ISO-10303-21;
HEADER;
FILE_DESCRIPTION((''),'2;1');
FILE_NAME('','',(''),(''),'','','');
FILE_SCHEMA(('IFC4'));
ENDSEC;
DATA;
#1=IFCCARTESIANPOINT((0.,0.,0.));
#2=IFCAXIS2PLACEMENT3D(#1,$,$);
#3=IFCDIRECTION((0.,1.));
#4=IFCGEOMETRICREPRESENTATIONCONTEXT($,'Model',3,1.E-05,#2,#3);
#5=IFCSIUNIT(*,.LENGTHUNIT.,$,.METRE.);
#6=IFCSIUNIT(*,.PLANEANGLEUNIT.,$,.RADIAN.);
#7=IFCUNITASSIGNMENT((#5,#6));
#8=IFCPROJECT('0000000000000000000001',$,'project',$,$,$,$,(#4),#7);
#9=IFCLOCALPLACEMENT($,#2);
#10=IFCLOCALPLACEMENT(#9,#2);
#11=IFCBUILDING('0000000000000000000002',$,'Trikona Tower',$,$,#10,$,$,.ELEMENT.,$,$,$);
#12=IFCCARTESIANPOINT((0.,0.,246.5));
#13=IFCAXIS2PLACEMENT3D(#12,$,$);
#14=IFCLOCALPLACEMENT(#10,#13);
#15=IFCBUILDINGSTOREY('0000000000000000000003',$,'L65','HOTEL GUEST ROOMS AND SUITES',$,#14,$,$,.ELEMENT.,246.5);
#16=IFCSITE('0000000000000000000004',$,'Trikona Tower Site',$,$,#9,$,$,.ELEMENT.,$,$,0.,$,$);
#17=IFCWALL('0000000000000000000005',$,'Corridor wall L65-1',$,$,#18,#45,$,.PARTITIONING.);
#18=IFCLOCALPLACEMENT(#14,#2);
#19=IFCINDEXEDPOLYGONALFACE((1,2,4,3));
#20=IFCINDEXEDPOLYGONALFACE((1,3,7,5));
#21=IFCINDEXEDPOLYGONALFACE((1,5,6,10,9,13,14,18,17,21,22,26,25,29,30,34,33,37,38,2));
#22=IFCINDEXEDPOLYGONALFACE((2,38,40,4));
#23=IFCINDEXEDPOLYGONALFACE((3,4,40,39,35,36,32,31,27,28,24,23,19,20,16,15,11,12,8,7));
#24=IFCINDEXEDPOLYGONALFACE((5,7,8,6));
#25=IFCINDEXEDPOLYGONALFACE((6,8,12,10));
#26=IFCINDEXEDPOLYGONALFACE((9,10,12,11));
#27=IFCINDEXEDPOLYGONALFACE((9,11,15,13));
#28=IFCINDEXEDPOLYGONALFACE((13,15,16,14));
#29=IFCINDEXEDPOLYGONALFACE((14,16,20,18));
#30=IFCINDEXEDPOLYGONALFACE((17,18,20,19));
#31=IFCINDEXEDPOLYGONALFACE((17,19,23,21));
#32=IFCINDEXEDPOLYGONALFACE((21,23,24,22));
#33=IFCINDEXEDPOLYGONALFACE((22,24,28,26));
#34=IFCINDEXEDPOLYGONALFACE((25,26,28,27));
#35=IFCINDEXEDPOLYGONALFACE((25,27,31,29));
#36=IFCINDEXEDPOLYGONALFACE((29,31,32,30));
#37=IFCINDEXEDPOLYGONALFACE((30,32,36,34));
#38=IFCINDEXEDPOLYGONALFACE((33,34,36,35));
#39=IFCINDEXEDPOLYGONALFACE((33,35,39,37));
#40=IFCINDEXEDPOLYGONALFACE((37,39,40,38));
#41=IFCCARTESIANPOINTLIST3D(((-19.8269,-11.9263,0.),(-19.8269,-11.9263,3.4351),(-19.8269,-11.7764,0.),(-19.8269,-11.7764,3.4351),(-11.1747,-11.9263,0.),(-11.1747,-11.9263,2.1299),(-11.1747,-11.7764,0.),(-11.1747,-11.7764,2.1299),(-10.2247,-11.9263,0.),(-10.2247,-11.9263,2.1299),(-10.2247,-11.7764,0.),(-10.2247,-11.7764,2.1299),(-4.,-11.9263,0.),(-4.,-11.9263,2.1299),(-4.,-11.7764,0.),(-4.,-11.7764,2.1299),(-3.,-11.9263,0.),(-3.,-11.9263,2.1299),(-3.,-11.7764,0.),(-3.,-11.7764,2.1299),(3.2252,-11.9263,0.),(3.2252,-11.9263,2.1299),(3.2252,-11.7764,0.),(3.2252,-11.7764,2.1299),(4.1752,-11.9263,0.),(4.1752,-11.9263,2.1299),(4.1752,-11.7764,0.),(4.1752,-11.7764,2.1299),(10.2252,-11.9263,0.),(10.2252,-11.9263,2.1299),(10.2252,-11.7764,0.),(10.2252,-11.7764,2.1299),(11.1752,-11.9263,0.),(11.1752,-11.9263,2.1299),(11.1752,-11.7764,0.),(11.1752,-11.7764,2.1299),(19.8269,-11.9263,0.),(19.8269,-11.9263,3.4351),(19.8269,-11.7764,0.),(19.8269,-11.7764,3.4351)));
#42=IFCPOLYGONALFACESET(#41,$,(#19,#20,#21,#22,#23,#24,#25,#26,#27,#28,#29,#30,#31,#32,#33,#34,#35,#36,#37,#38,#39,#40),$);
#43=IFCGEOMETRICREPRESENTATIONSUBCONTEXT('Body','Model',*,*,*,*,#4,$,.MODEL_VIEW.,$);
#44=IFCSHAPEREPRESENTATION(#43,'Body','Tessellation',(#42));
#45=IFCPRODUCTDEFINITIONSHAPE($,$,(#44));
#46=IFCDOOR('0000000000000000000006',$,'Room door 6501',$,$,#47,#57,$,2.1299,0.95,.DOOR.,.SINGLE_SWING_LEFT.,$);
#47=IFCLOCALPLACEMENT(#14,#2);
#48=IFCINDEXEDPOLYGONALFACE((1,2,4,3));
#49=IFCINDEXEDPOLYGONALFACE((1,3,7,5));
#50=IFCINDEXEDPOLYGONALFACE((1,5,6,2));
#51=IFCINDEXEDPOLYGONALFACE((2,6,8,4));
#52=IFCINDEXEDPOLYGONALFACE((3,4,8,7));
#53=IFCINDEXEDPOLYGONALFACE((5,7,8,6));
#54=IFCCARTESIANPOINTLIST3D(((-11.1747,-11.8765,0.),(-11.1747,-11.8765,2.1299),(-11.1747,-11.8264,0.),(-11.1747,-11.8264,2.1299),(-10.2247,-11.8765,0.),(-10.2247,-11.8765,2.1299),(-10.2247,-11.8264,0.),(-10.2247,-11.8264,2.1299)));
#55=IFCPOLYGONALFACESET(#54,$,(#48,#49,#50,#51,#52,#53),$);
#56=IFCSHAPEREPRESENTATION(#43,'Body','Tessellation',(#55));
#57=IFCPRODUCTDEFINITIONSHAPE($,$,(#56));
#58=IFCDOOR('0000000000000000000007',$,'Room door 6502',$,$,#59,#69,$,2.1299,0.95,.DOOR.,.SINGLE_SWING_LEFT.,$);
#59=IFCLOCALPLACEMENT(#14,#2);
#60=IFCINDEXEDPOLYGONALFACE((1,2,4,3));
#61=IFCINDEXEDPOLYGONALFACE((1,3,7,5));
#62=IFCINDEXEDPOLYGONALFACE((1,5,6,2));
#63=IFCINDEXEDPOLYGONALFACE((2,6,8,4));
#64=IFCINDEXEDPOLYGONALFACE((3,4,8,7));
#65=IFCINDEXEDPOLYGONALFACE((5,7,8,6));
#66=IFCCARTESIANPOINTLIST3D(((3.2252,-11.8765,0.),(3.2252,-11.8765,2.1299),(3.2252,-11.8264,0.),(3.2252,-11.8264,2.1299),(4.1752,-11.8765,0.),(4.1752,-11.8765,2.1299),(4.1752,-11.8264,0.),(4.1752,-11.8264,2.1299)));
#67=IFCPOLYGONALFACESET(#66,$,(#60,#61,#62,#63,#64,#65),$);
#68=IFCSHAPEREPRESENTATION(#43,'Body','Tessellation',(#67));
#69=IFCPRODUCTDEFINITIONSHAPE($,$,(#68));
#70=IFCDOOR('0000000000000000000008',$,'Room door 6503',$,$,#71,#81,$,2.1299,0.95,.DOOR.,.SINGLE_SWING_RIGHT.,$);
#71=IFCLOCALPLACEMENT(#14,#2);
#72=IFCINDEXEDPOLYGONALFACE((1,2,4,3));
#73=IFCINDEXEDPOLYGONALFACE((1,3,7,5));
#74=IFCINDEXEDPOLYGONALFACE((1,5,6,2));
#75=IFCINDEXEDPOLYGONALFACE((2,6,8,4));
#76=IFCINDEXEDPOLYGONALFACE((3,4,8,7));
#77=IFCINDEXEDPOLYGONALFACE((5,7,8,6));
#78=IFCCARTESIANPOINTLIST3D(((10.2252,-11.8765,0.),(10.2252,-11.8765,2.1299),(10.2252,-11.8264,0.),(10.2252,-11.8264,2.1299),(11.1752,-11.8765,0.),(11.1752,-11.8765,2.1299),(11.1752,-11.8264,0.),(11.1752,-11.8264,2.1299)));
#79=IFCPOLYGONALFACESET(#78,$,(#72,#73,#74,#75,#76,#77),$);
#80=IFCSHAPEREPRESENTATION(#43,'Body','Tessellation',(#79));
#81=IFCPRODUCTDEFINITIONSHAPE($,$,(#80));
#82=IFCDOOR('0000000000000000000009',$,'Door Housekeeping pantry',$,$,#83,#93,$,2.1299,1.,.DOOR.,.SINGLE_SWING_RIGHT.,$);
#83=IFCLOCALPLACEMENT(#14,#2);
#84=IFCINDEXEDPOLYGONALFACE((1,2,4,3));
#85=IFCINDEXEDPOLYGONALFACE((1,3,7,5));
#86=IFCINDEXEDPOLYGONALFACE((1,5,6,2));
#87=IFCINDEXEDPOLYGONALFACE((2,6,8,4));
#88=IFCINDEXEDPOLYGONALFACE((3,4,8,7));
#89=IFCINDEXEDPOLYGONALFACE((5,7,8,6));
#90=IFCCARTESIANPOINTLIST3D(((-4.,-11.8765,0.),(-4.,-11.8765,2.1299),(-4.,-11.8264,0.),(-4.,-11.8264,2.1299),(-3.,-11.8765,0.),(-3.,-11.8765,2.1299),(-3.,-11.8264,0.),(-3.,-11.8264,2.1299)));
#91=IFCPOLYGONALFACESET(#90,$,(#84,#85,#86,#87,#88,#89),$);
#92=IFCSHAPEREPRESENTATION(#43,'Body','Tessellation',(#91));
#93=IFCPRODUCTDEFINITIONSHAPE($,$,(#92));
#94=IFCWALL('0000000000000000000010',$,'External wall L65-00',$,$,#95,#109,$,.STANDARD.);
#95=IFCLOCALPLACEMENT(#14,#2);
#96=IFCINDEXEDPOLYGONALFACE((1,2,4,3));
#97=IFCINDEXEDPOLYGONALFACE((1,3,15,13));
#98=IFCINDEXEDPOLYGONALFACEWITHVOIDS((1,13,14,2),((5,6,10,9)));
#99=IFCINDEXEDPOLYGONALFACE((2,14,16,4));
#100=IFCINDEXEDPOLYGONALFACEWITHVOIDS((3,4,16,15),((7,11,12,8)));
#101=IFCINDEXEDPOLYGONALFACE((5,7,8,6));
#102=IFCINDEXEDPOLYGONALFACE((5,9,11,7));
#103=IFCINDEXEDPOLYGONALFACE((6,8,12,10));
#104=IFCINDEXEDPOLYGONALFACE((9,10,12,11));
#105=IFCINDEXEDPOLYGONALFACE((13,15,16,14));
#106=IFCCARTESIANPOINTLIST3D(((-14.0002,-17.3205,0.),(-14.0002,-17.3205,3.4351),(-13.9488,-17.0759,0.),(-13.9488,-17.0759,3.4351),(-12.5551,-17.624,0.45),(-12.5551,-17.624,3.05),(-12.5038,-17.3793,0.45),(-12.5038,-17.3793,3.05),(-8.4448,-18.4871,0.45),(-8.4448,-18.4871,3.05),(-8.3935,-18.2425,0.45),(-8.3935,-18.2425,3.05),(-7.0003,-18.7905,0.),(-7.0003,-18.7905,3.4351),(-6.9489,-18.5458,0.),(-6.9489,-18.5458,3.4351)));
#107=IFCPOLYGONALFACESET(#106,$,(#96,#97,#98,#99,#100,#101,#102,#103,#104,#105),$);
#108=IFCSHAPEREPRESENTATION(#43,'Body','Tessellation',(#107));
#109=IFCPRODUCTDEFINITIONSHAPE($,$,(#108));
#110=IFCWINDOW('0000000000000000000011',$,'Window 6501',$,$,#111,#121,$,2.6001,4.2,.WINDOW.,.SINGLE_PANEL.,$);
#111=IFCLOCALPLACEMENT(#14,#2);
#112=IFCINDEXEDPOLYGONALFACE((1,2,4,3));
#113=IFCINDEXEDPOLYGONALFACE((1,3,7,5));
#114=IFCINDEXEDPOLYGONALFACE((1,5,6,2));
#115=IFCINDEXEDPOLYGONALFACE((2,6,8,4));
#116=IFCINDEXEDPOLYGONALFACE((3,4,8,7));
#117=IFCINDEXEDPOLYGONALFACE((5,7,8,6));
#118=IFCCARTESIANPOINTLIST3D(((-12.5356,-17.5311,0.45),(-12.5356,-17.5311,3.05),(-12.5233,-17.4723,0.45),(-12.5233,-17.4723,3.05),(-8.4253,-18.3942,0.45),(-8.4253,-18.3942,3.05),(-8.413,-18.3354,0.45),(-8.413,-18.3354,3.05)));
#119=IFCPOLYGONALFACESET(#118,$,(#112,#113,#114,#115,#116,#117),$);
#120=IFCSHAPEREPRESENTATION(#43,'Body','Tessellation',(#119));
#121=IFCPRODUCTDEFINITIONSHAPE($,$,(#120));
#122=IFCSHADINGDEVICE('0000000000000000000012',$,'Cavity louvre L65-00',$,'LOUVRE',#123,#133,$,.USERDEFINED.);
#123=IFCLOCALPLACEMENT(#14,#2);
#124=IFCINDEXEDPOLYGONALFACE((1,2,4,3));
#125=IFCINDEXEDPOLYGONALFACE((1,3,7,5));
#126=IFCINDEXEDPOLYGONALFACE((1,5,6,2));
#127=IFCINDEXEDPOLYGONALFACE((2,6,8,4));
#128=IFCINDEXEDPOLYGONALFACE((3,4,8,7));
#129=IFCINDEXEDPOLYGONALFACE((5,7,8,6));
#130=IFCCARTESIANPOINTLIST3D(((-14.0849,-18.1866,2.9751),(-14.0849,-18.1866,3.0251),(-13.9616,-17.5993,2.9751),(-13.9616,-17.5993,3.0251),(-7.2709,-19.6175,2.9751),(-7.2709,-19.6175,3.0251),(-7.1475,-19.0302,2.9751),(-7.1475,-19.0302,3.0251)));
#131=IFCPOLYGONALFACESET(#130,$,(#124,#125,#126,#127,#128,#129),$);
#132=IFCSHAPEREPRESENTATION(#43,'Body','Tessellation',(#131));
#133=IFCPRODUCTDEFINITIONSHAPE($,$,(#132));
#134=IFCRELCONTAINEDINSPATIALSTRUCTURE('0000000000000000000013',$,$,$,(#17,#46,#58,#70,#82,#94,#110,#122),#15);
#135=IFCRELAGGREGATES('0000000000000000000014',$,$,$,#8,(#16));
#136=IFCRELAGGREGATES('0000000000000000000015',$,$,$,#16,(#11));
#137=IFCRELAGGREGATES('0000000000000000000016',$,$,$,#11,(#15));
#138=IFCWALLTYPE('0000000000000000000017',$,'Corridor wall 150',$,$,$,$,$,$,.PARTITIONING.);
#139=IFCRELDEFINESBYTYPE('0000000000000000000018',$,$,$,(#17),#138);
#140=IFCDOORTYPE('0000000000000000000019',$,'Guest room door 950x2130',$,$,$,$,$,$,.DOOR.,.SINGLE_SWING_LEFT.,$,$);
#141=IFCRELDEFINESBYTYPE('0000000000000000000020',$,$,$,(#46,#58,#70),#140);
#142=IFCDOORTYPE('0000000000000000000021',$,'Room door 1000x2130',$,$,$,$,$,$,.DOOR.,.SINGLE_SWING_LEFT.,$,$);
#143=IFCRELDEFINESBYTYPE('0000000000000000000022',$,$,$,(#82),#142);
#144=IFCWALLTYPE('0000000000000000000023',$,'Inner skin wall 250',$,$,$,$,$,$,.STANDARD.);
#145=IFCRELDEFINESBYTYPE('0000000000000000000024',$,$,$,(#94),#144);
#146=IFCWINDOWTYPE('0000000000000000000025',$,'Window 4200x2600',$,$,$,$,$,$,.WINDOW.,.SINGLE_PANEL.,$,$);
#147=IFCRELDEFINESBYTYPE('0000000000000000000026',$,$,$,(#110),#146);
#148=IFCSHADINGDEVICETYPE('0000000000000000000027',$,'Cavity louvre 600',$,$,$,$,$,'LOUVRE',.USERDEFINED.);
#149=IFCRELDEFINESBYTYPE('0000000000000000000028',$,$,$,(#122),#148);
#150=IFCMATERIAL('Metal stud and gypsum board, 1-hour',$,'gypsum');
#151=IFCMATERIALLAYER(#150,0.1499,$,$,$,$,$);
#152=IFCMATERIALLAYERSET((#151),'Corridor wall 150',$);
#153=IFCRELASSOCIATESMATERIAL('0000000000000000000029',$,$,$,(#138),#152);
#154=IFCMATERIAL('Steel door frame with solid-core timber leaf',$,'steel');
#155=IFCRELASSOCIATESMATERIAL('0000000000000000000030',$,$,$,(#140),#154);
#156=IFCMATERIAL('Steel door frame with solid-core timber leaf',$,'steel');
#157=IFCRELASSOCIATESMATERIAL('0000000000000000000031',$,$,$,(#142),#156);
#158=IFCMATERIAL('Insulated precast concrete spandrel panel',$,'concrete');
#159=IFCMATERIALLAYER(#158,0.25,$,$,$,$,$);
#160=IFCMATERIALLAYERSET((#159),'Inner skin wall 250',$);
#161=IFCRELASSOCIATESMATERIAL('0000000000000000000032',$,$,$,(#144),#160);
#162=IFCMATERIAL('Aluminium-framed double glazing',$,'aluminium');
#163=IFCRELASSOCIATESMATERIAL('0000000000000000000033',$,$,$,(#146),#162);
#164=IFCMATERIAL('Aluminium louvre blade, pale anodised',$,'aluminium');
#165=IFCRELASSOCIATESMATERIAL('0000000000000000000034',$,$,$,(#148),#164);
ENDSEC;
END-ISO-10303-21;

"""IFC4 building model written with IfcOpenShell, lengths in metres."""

from ifc_helpers import new_model, si_unit, direction, frame, frame_2d, origin, origin_2d, place, context, subcontext, project, spatial, rectangle, extrude, material, layer, layer_set, type_object, element, fill, save


model = new_model("IFC4")

# Units and contexts
model_context = context("Model", 3, precision=1e-05, world=origin(), true_north=direction((0.0, 1.0)))
body_context = subcontext(model_context, "Body", "Model", "MODEL_VIEW")
ifc_project = project(units=[si_unit("LENGTHUNIT", "METRE"), si_unit("PLANEANGLEUNIT", "RADIAN")], contexts=[model_context])

# Site, building, storey
site_placement = place(None, origin())
site = spatial("IfcSite", under=ifc_project, at=site_placement, Name="Trikona Tower Site", CompositionType="ELEMENT", RefElevation=0.0)
building_placement = place(site_placement, origin())
building = spatial("IfcBuilding", under=site, at=building_placement, Name="Trikona Tower", CompositionType="ELEMENT")
storey_placement = place(building_placement, frame((0.0, 0.0, 246.5)))
storey = spatial("IfcBuildingStorey", under=building, at=storey_placement, Name="L65", Description="HOTEL GUEST ROOMS AND SUITES", CompositionType="ELEMENT", Elevation=246.5)

# Wall, openings, doors
ifc_material_1 = material(Name="Metal stud and gypsum board, 1-hour", Category="gypsum")
ifc_layer_1 = layer(ifc_material_1, 0.1499)
ifc_layer_set_1 = layer_set([ifc_layer_1], Name="Corridor wall 150")
wall_type_1 = type_object("IfcWallType", Name="Corridor wall 150", PredefinedType="PARTITIONING", material=ifc_layer_set_1)
wall_1_placement = place(storey_placement, frame((-19.8269, -11.8513, 0.0), z_axis=(0.0, 0.0, 1.0), x_axis=(1.0, 0.0, 0.0)))
wall_1 = element("IfcWall", 1, at=wall_1_placement, inside=storey, type_object=wall_type_1, Name="Corridor wall L65-1", PredefinedType="PARTITIONING", context=body_context, shape_type="SweptSolid", body=[
    extrude(rectangle(XDim=39.6538, YDim=0.1499, at=frame_2d((19.8269, 0.0))), origin(), (0.0, 0.0, 1.0), 3.4351),
])
opening_1_placement = place(wall_1_placement, frame((8.6521, 0.0, 0.0)))
opening_1 = element("IfcOpeningElement", 2, at=opening_1_placement, cuts=wall_1, PredefinedType="OPENING", context=body_context, shape_type="SweptSolid", body=[
    extrude(rectangle(XDim=0.95, YDim=2.1299, at=frame_2d((0.4751, 1.0649))), frame((0.0, 0.085, 0.0), z_axis=(0.0, -1.0, 0.0), x_axis=(1.0, 0.0, 0.0)), (0.0, 0.0, 1.0), 0.1699),
])
opening_2_placement = place(wall_1_placement, frame((15.8269, 0.0, 0.0)))
opening_2 = element("IfcOpeningElement", 3, at=opening_2_placement, cuts=wall_1, PredefinedType="OPENING", context=body_context, shape_type="SweptSolid", body=[
    extrude(rectangle(XDim=1.0, YDim=2.1299, at=frame_2d((0.5, 1.0649))), frame((0.0, 0.085, 0.0), z_axis=(0.0, -1.0, 0.0), x_axis=(1.0, 0.0, 0.0)), (0.0, 0.0, 1.0), 0.1699),
])
opening_3_placement = place(wall_1_placement, frame((23.052, 0.0, 0.0)))
opening_3 = element("IfcOpeningElement", 4, at=opening_3_placement, cuts=wall_1, PredefinedType="OPENING", context=body_context, shape_type="SweptSolid", body=[
    extrude(rectangle(XDim=0.95, YDim=2.1299, at=frame_2d((0.4751, 1.0649))), frame((0.0, 0.085, 0.0), z_axis=(0.0, -1.0, 0.0), x_axis=(1.0, 0.0, 0.0)), (0.0, 0.0, 1.0), 0.1699),
])
opening_4_placement = place(wall_1_placement, frame((30.052, 0.0, 0.0)))
opening_4 = element("IfcOpeningElement", 5, at=opening_4_placement, cuts=wall_1, PredefinedType="OPENING", context=body_context, shape_type="SweptSolid", body=[
    extrude(rectangle(XDim=0.95, YDim=2.1299, at=frame_2d((0.4751, 1.0649))), frame((0.0, 0.085, 0.0), z_axis=(0.0, -1.0, 0.0), x_axis=(1.0, 0.0, 0.0)), (0.0, 0.0, 1.0), 0.1699),
])
ifc_material_2 = material(Name="Steel door frame with solid-core timber leaf", Category="steel")
door_type_1 = type_object("IfcDoorType", Name="Guest room door 950x2130", OperationType="SINGLE_SWING_LEFT", PredefinedType="DOOR", material=ifc_material_2)
door_1_placement = place(opening_1_placement, origin())
door_1 = element("IfcDoor", 6, at=door_1_placement, inside=storey, type_object=door_type_1, Name="Room door 6501", OperationType="SINGLE_SWING_LEFT", OverallHeight=2.1299, OverallWidth=0.95, PredefinedType="DOOR", context=body_context, shape_type="SweptSolid", body=[
    extrude(rectangle(XDim=0.95, YDim=2.1299, at=frame_2d((0.4751, 1.0649))), frame((0.0, 0.0249, 0.0), z_axis=(0.0, -1.0, 0.0), x_axis=(1.0, 0.0, 0.0)), (0.0, 0.0, 1.0), 0.05),
])
fill(opening_1, door_1)
door_2_placement = place(opening_3_placement, origin())
door_2 = element("IfcDoor", 7, at=door_2_placement, inside=storey, type_object=door_type_1, Name="Room door 6502", OperationType="SINGLE_SWING_LEFT", OverallHeight=2.1299, OverallWidth=0.95, PredefinedType="DOOR", context=body_context, shape_type="SweptSolid", body=[
    extrude(rectangle(XDim=0.95, YDim=2.1299, at=frame_2d((0.4751, 1.0649))), frame((0.0, 0.0249, 0.0), z_axis=(0.0, -1.0, 0.0), x_axis=(1.0, 0.0, 0.0)), (0.0, 0.0, 1.0), 0.05),
])
fill(opening_3, door_2)
door_3_placement = place(opening_4_placement, origin())
door_3 = element("IfcDoor", 8, at=door_3_placement, inside=storey, type_object=door_type_1, Name="Room door 6503", OperationType="SINGLE_SWING_RIGHT", OverallHeight=2.1299, OverallWidth=0.95, PredefinedType="DOOR", context=body_context, shape_type="SweptSolid", body=[
    extrude(rectangle(XDim=0.95, YDim=2.1299, at=frame_2d((0.4751, 1.0649))), frame((0.0, 0.0249, 0.0), z_axis=(0.0, -1.0, 0.0), x_axis=(1.0, 0.0, 0.0)), (0.0, 0.0, 1.0), 0.05),
])
fill(opening_4, door_3)
ifc_material_3 = material(Name="Steel door frame with solid-core timber leaf", Category="steel")
door_type_2 = type_object("IfcDoorType", Name="Room door 1000x2130", OperationType="SINGLE_SWING_LEFT", PredefinedType="DOOR", material=ifc_material_3)
door_4_placement = place(opening_2_placement, origin())
door_4 = element("IfcDoor", 9, at=door_4_placement, inside=storey, type_object=door_type_2, Name="Door Housekeeping pantry", OperationType="SINGLE_SWING_RIGHT", OverallHeight=2.1299, OverallWidth=1.0, PredefinedType="DOOR", context=body_context, shape_type="SweptSolid", body=[
    extrude(rectangle(XDim=1.0, YDim=2.1299, at=frame_2d((0.5, 1.0649))), frame((0.0, 0.0249, 0.0), z_axis=(0.0, -1.0, 0.0), x_axis=(1.0, 0.0, 0.0)), (0.0, 0.0, 1.0), 0.05),
])
fill(opening_2, door_4)

# Wall, opening, window
ifc_material_4 = material(Name="Insulated precast concrete spandrel panel", Category="concrete")
ifc_layer_2 = layer(ifc_material_4, 0.25)
ifc_layer_set_2 = layer_set([ifc_layer_2], Name="Inner skin wall 250")
wall_type_2 = type_object("IfcWallType", Name="Inner skin wall 250", PredefinedType="STANDARD", material=ifc_layer_set_2)
wall_2_placement = place(storey_placement, frame((-13.9744, -17.1982, 0.0), z_axis=(0.0, 0.0, 1.0), x_axis=(0.978654, -0.205513, 0.0)))
wall_2 = element("IfcWall", 10, at=wall_2_placement, inside=storey, type_object=wall_type_2, Name="External wall L65-00", PredefinedType="STANDARD", context=body_context, shape_type="SweptSolid", body=[
    extrude(rectangle(XDim=7.1526, YDim=0.25, at=frame_2d((3.5762, 0.0))), origin(), (0.0, 0.0, 1.0), 3.4351),
])
opening_5_placement = place(wall_2_placement, frame((1.4763, 0.0, 0.45)))
opening_5 = element("IfcOpeningElement", 11, at=opening_5_placement, cuts=wall_2, PredefinedType="OPENING", context=body_context, shape_type="SweptSolid", body=[
    extrude(rectangle(XDim=4.2, YDim=2.6001, at=frame_2d((2.1001, 1.3))), frame((0.0, 0.135, 0.0), z_axis=(0.0, -1.0, 0.0), x_axis=(1.0, 0.0, 0.0)), (0.0, 0.0, 1.0), 0.27),
])
ifc_material_5 = material(Name="Aluminium-framed double glazing", Category="aluminium")
window_type_1 = type_object("IfcWindowType", Name="Window 4200x2600", PartitioningType="SINGLE_PANEL", PredefinedType="WINDOW", material=ifc_material_5)
window_1_placement = place(opening_5_placement, origin())
window_1 = element("IfcWindow", 12, at=window_1_placement, inside=storey, type_object=window_type_1, Name="Window 6501", OverallHeight=2.6001, OverallWidth=4.2, PartitioningType="SINGLE_PANEL", PredefinedType="WINDOW", context=body_context, shape_type="SweptSolid", body=[
    extrude(rectangle(XDim=4.2, YDim=2.6001, at=frame_2d((2.1001, 1.3))), frame((0.0, 0.03, 0.0), z_axis=(0.0, -1.0, 0.0), x_axis=(1.0, 0.0, 0.0)), (0.0, 0.0, 1.0), 0.0601),
])
fill(opening_5, window_1)

# Shading device
ifc_material_6 = material(Name="Aluminium louvre blade, pale anodised", Category="aluminium")
shading_device_type = type_object("IfcShadingDeviceType", Name="Cavity louvre 600", ElementType="LOUVRE", PredefinedType="USERDEFINED", material=ifc_material_6)
shading_device_placement = place(storey_placement, frame((-10.6162, -18.6084, 2.9751), z_axis=(0.0, 0.0, 1.0), x_axis=(0.978653, -0.205518, 0.0)))
element("IfcShadingDevice", 13, at=shading_device_placement, inside=storey, type_object=shading_device_type, Name="Cavity louvre L65-00", ObjectType="LOUVRE", PredefinedType="USERDEFINED", context=body_context, shape_type="SweptSolid", body=[
    extrude(rectangle(XDim=6.9626, YDim=0.6001, at=origin_2d()), origin(), (0.0, 0.0, 1.0), 0.05),
])

save(model, "model.ifc")
